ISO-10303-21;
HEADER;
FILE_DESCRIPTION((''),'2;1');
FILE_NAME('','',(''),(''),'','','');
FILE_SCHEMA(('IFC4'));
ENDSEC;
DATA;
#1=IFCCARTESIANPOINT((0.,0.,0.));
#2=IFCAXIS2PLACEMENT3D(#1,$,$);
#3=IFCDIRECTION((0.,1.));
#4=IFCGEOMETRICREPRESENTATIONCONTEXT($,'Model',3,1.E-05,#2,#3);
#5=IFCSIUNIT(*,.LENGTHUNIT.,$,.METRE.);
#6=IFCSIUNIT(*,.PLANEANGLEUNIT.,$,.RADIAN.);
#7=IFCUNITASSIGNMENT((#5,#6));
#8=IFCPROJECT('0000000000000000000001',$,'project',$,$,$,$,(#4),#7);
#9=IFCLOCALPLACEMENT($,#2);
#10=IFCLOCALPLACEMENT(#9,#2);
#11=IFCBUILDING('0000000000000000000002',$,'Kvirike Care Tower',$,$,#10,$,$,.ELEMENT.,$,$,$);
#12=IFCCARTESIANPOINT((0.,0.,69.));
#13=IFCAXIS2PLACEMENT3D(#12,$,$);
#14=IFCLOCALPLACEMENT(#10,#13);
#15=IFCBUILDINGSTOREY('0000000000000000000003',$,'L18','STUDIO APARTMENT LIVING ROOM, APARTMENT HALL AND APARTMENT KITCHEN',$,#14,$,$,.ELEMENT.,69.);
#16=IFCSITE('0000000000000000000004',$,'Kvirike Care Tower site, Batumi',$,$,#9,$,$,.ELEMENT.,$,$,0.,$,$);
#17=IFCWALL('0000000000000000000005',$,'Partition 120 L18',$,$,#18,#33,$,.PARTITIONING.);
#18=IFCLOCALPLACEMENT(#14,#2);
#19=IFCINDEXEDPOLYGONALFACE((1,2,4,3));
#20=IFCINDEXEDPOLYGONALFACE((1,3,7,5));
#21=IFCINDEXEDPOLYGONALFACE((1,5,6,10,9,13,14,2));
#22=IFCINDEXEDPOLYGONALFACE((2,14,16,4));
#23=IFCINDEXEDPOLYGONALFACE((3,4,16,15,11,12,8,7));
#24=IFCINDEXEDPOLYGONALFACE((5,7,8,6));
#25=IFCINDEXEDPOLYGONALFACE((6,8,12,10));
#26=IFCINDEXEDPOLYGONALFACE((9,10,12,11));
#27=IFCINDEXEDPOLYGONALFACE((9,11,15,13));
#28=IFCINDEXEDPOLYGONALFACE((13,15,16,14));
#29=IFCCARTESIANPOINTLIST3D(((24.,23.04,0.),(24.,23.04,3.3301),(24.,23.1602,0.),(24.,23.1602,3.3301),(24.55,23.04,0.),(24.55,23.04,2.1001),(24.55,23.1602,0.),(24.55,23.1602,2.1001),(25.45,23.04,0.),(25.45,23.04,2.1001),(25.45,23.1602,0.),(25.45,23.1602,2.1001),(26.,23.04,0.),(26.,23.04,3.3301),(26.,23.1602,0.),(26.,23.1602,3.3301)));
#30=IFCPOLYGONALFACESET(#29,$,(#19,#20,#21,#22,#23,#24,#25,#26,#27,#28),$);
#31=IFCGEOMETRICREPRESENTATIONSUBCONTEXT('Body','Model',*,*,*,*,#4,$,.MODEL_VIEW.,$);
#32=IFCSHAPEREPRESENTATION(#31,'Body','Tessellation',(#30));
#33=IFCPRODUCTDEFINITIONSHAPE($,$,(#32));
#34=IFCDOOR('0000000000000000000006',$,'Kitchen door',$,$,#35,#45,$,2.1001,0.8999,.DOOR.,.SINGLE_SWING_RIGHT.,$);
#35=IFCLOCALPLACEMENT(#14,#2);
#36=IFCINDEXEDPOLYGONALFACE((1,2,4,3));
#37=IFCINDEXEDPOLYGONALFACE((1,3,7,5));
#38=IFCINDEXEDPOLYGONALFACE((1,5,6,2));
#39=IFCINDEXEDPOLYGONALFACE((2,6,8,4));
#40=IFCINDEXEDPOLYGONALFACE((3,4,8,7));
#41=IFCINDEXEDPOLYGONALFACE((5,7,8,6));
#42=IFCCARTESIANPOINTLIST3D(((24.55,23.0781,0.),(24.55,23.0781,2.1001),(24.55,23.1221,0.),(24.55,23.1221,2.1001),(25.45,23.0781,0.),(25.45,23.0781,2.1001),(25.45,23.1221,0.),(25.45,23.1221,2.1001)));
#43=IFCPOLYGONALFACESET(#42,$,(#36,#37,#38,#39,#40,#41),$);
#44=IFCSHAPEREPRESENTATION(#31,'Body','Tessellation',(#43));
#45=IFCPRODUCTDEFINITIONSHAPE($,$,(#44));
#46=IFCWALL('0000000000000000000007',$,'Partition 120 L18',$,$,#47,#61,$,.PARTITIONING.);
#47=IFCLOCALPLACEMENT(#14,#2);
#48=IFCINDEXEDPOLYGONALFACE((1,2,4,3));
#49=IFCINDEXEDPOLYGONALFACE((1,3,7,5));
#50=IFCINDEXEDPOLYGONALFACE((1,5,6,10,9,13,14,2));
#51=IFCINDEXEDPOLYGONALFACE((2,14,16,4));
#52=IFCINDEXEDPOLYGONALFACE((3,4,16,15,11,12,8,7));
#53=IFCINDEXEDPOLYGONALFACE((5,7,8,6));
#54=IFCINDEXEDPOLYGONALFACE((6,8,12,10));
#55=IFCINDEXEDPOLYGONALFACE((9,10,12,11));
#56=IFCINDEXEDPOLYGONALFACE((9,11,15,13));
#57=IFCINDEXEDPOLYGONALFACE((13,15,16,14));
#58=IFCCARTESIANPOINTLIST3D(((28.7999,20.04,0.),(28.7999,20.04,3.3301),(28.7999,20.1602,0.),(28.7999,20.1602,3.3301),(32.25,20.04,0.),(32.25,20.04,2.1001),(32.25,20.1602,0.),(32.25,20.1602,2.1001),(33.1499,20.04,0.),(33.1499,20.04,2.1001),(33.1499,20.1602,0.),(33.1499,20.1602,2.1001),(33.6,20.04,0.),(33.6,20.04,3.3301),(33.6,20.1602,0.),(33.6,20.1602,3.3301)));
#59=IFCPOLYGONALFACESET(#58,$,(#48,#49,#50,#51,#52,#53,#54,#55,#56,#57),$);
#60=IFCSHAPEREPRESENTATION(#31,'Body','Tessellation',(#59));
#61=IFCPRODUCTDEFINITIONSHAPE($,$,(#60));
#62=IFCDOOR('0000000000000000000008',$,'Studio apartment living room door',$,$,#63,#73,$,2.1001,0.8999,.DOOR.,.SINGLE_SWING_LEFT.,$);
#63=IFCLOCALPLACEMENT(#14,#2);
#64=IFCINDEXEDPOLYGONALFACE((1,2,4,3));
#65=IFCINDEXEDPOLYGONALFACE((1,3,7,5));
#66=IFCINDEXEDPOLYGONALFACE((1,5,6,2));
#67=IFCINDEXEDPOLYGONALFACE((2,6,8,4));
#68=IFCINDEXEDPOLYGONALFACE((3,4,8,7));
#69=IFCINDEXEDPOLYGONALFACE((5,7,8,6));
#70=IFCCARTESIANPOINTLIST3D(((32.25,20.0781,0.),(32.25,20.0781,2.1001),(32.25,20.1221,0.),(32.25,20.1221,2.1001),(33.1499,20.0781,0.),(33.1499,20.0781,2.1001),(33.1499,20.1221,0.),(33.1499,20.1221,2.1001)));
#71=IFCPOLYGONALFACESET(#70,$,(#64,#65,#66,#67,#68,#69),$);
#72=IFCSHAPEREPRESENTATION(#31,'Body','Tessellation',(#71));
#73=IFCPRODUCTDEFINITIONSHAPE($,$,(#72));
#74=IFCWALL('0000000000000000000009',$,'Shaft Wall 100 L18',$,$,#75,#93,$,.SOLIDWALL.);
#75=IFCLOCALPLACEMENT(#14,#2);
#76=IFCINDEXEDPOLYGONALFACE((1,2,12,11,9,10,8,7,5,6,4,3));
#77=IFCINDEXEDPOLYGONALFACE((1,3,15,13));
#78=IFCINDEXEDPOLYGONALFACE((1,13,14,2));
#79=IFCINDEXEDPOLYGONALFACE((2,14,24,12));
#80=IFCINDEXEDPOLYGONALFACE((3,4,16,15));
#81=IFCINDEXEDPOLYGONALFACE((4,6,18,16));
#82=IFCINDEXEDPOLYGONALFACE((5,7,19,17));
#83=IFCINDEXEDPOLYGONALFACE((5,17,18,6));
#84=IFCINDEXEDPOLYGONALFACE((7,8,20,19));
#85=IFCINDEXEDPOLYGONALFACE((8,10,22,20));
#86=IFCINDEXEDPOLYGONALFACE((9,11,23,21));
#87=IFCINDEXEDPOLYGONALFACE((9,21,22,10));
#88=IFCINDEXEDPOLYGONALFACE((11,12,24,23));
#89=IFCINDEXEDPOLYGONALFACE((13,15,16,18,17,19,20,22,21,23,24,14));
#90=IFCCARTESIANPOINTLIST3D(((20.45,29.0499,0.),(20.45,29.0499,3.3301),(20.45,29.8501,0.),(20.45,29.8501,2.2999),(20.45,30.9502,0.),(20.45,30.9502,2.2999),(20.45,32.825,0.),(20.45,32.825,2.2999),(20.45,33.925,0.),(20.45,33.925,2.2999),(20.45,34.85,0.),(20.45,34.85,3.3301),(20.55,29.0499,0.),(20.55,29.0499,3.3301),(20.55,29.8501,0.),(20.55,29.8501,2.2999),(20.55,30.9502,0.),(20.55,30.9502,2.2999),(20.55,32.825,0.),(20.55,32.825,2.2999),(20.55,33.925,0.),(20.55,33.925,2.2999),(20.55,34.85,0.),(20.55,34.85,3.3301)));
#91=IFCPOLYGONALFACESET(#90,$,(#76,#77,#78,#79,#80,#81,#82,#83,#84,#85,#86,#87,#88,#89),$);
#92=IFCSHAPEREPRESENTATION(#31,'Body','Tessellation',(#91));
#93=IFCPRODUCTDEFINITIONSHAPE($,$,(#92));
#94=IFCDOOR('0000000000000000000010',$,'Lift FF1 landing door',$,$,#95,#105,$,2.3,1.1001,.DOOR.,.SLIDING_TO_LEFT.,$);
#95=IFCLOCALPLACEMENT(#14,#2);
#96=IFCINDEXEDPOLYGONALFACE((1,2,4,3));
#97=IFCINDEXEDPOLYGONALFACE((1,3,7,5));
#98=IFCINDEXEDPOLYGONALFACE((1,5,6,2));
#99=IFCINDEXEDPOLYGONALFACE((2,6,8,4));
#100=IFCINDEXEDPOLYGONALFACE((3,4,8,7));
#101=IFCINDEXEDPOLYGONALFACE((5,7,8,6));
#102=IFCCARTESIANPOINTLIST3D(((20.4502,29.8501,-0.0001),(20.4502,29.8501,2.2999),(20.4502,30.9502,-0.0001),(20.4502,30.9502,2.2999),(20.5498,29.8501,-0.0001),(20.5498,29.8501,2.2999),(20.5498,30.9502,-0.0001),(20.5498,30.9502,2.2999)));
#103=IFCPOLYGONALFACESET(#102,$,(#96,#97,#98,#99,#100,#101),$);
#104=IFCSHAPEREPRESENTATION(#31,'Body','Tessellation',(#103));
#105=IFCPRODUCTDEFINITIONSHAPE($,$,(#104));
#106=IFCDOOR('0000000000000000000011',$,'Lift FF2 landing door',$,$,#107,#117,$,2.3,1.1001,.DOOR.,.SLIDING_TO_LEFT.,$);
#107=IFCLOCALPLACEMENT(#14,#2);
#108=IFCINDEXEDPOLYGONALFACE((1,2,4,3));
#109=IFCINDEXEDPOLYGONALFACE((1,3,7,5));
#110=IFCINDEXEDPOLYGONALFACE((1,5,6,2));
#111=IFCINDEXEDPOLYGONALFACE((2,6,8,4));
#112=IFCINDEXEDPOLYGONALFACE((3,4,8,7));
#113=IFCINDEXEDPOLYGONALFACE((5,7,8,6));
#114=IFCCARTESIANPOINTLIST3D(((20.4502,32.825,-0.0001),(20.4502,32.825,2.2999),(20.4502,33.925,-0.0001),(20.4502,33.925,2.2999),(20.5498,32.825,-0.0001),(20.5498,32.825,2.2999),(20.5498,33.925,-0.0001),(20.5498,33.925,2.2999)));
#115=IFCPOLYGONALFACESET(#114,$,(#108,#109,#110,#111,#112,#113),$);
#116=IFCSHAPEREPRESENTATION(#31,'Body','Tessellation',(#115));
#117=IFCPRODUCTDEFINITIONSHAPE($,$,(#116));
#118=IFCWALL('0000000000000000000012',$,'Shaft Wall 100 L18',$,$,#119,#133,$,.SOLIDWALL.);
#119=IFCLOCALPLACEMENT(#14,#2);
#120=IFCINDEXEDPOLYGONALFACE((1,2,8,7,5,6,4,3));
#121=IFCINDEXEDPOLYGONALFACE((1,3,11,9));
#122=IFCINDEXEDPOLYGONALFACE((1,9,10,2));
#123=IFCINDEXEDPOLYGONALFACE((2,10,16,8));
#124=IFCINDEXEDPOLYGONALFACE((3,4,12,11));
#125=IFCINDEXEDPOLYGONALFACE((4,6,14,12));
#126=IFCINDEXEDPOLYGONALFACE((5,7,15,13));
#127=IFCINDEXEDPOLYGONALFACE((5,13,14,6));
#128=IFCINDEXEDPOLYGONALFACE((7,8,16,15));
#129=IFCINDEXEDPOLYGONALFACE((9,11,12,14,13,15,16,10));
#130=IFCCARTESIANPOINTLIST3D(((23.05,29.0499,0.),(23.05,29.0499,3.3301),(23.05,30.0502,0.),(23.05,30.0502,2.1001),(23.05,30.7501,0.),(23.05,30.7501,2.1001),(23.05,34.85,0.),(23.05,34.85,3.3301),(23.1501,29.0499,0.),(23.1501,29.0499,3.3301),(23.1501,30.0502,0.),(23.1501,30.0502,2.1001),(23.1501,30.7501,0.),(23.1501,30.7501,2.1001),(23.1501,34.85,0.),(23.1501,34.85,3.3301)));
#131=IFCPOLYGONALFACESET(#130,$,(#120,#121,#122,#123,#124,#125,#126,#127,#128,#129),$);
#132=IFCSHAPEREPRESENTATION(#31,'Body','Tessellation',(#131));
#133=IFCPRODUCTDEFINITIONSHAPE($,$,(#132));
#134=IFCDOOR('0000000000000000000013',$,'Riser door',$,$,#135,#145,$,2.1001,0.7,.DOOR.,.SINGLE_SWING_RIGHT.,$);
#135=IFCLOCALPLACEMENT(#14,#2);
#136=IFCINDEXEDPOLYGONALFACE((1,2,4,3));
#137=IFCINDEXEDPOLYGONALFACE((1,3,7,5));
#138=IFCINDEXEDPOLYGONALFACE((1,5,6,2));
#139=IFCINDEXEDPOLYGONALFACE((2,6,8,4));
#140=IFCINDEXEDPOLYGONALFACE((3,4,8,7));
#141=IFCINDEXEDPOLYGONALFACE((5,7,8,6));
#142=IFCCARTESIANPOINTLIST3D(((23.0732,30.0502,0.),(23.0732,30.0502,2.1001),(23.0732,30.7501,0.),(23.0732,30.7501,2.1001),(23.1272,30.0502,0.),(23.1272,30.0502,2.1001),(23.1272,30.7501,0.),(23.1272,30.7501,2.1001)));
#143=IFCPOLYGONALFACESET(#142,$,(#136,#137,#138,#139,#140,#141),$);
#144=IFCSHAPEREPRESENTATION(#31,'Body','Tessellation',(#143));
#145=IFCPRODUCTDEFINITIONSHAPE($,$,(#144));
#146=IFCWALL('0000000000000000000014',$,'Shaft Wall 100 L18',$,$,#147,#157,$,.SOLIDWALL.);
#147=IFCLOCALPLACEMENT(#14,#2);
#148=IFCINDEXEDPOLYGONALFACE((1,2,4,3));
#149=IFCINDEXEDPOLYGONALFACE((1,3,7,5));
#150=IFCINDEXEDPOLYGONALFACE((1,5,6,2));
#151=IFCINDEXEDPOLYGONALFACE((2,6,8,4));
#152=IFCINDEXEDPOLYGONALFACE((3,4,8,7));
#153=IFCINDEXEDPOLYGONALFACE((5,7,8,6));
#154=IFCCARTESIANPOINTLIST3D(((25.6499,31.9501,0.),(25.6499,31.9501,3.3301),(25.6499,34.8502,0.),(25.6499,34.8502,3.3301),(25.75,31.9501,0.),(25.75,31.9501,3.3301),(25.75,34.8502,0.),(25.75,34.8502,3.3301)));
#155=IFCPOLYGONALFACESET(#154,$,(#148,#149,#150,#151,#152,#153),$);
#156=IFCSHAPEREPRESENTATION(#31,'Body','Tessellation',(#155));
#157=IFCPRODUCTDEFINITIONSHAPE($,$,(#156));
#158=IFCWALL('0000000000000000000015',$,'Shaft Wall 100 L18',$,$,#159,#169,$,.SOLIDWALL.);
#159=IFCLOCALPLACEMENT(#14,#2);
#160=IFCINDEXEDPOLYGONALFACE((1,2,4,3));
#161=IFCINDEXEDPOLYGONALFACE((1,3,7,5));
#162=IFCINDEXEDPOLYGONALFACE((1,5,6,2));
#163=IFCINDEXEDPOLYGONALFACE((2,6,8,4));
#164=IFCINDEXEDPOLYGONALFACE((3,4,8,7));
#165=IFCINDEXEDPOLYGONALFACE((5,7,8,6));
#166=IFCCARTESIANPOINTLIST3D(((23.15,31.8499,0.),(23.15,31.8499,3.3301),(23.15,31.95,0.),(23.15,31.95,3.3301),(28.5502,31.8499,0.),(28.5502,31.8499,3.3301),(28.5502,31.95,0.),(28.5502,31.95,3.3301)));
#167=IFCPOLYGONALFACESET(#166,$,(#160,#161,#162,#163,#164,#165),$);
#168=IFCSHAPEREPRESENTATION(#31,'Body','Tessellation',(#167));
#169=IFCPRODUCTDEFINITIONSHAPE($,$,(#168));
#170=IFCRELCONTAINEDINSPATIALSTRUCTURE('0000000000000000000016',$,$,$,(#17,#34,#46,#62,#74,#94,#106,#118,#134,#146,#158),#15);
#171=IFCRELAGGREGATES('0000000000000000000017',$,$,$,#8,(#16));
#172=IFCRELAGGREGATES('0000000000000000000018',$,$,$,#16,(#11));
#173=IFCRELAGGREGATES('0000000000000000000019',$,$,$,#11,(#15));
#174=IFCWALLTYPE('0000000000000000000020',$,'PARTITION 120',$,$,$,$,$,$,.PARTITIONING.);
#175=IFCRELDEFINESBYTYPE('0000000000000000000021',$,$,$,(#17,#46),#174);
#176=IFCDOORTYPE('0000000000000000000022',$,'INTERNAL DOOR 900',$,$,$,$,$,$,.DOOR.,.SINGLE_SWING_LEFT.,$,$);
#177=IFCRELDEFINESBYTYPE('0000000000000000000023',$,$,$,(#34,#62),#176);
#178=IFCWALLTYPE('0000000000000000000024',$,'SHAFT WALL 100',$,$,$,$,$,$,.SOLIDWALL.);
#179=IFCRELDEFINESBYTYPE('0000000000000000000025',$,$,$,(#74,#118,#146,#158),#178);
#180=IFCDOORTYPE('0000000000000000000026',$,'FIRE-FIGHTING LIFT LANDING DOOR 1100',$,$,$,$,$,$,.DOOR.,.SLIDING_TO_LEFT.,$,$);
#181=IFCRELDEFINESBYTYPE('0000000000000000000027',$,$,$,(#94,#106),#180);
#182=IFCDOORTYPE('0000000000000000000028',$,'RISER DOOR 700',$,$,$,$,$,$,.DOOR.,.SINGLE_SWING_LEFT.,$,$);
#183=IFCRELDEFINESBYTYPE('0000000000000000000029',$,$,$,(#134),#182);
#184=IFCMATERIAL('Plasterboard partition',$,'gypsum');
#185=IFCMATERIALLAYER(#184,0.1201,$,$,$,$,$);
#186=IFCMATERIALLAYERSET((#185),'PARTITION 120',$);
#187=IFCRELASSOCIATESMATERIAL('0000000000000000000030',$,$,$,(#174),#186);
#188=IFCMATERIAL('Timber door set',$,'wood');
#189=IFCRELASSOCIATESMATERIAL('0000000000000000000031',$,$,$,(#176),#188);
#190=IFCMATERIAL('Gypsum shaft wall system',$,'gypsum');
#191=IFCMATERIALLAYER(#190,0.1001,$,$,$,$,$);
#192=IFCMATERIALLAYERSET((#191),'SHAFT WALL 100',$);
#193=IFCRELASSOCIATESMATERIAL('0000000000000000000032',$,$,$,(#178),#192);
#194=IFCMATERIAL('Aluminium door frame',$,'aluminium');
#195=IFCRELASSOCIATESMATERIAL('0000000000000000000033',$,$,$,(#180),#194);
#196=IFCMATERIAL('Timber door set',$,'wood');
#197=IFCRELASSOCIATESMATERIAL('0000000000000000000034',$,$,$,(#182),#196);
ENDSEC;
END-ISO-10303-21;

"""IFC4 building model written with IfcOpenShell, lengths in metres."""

from ifc_helpers import new_model, si_unit, direction, frame, frame_2d, origin, place, context, subcontext, project, spatial, rectangle, extrude, material, layer, layer_set, type_object, element, fill, save


model = new_model("IFC4")

# Units and contexts
model_context = context("Model", 3, precision=1e-05, world=origin(), true_north=direction((0.0, 1.0)))
body_context = subcontext(model_context, "Body", "Model", "MODEL_VIEW")
ifc_project = project(units=[si_unit("LENGTHUNIT", "METRE"), si_unit("PLANEANGLEUNIT", "RADIAN")], contexts=[model_context])

# Site, building, storey
site_placement = place(None, origin())
site = spatial("IfcSite", under=ifc_project, at=site_placement, Name="Kvirike Care Tower site, Batumi", CompositionType="ELEMENT", RefElevation=0.0)
building_placement = place(site_placement, origin())
building = spatial("IfcBuilding", under=site, at=building_placement, Name="Kvirike Care Tower", CompositionType="ELEMENT")
storey_placement = place(building_placement, frame((0.0, 0.0, 69.0)))
storey = spatial("IfcBuildingStorey", under=building, at=storey_placement, Name="L18", Description="STUDIO APARTMENT LIVING ROOM, APARTMENT HALL AND APARTMENT KITCHEN", CompositionType="ELEMENT", Elevation=69.0)

# Walls, openings, doors
ifc_material_1 = material(Name="Plasterboard partition", Category="gypsum")
ifc_layer_1 = layer(ifc_material_1, 0.1201)
ifc_layer_set_1 = layer_set([ifc_layer_1], Name="PARTITION 120")
wall_type_1 = type_object("IfcWallType", Name="PARTITION 120", PredefinedType="PARTITIONING", material=ifc_layer_set_1)
ifc_material_2 = material(Name="Timber door set", Category="wood")
door_type_1 = type_object("IfcDoorType", Name="INTERNAL DOOR 900", OperationType="SINGLE_SWING_LEFT", PredefinedType="DOOR", material=ifc_material_2)
wall_1_placement = place(storey_placement, frame((24.0, 23.1001, 0.0), z_axis=(0.0, 0.0, 1.0), x_axis=(1.0, 0.0, 0.0)))
wall_1 = element("IfcWall", 1, at=wall_1_placement, inside=storey, type_object=wall_type_1, Name="Partition 120 L18", PredefinedType="PARTITIONING", context=body_context, shape_type="SweptSolid", body=[
    extrude(rectangle(XDim=2.0, YDim=0.1201, at=frame_2d((1.0, 0.0))), origin(), (0.0, 0.0, 1.0), 3.3301),
])
opening_1_placement = place(wall_1_placement, frame((0.55, 0.0, 0.0)))
opening_1 = element("IfcOpeningElement", 2, at=opening_1_placement, cuts=wall_1, PredefinedType="OPENING", context=body_context, shape_type="SweptSolid", body=[
    extrude(rectangle(XDim=0.8999, YDim=2.1001, at=frame_2d((0.45, 1.05))), frame((0.0, 0.0706, 0.0), z_axis=(0.0, -1.0, 0.0), x_axis=(1.0, 0.0, 0.0)), (0.0, 0.0, 1.0), 0.1411),
])
door_1_placement = place(opening_1_placement, frame((0.8999, 0.0, 0.0), z_axis=(0.0, 0.0, 1.0), x_axis=(-1.0, 0.0, 0.0)))
door_1 = element("IfcDoor", 3, at=door_1_placement, inside=storey, type_object=door_type_1, Name="Kitchen door", OperationType="SINGLE_SWING_RIGHT", OverallHeight=2.1001, OverallWidth=0.8999, PredefinedType="DOOR", context=body_context, shape_type="SweptSolid", body=[
    extrude(rectangle(XDim=0.8999, YDim=2.1001, at=frame_2d((0.45, 1.05))), frame((0.0, 0.022, 0.0), z_axis=(0.0, -1.0, 0.0), x_axis=(1.0, 0.0, 0.0)), (0.0, 0.0, 1.0), 0.0439),
])
fill(opening_1, door_1)
wall_2_placement = place(storey_placement, frame((28.8, 20.1001, 0.0), z_axis=(0.0, 0.0, 1.0), x_axis=(1.0, 0.0, 0.0)))
wall_2 = element("IfcWall", 4, at=wall_2_placement, inside=storey, type_object=wall_type_1, Name="Partition 120 L18", PredefinedType="PARTITIONING", context=body_context, shape_type="SweptSolid", body=[
    extrude(rectangle(XDim=4.8, YDim=0.1201, at=frame_2d((2.3999, 0.0))), origin(), (0.0, 0.0, 1.0), 3.3301),
])
opening_2_placement = place(wall_2_placement, frame((3.45, 0.0, 0.0)))
opening_2 = element("IfcOpeningElement", 5, at=opening_2_placement, cuts=wall_2, PredefinedType="OPENING", context=body_context, shape_type="SweptSolid", body=[
    extrude(rectangle(XDim=0.8999, YDim=2.1001, at=frame_2d((0.45, 1.05))), frame((0.0, 0.0706, 0.0), z_axis=(0.0, -1.0, 0.0), x_axis=(1.0, 0.0, 0.0)), (0.0, 0.0, 1.0), 0.1411),
])
door_2_placement = place(opening_2_placement, origin())
door_2 = element("IfcDoor", 6, at=door_2_placement, inside=storey, type_object=door_type_1, Name="Studio apartment living room door", OperationType="SINGLE_SWING_LEFT", OverallHeight=2.1001, OverallWidth=0.8999, PredefinedType="DOOR", context=body_context, shape_type="SweptSolid", body=[
    extrude(rectangle(XDim=0.8999, YDim=2.1001, at=frame_2d((0.45, 1.05))), frame((0.0, 0.022, 0.0), z_axis=(0.0, -1.0, 0.0), x_axis=(1.0, 0.0, 0.0)), (0.0, 0.0, 1.0), 0.0439),
])
fill(opening_2, door_2)

# Wall, openings, doors
ifc_material_3 = material(Name="Gypsum shaft wall system", Category="gypsum")
ifc_layer_2 = layer(ifc_material_3, 0.1001)
ifc_layer_set_2 = layer_set([ifc_layer_2], Name="SHAFT WALL 100")
wall_type_2 = type_object("IfcWallType", Name="SHAFT WALL 100", PredefinedType="SOLIDWALL", material=ifc_layer_set_2)
wall_3_placement = place(storey_placement, frame((20.5, 29.05, 0.0), z_axis=(0.0, 0.0, 1.0), x_axis=(0.0, 1.0, 0.0)))
wall_3 = element("IfcWall", 7, at=wall_3_placement, inside=storey, type_object=wall_type_2, Name="Shaft Wall 100 L18", PredefinedType="SOLIDWALL", context=body_context, shape_type="SweptSolid", body=[
    extrude(rectangle(XDim=5.8, YDim=0.1001, at=frame_2d((2.8999, 0.0))), origin(), (0.0, 0.0, 1.0), 3.3301),
])
opening_3_placement = place(wall_3_placement, frame((0.8, 0.0, 0.0)))
opening_3 = element("IfcOpeningElement", 8, at=opening_3_placement, cuts=wall_3, PredefinedType="OPENING", context=body_context, shape_type="SweptSolid", body=[
    extrude(rectangle(XDim=1.1001, YDim=2.3, at=frame_2d((0.55, 1.1499))), frame((0.0, 0.0605, 0.0), z_axis=(0.0, -1.0, 0.0), x_axis=(1.0, 0.0, 0.0)), (0.0, 0.0, 1.0), 0.1211),
])
opening_4_placement = place(wall_3_placement, frame((3.7749, 0.0, 0.0)))
opening_4 = element("IfcOpeningElement", 9, at=opening_4_placement, cuts=wall_3, PredefinedType="OPENING", context=body_context, shape_type="SweptSolid", body=[
    extrude(rectangle(XDim=1.1001, YDim=2.3, at=frame_2d((0.55, 1.1499))), frame((0.0, 0.0605, 0.0), z_axis=(0.0, -1.0, 0.0), x_axis=(1.0, 0.0, 0.0)), (0.0, 0.0, 1.0), 0.1211),
])
ifc_material_4 = material(Name="Aluminium door frame", Category="aluminium")
door_type_2 = type_object("IfcDoorType", Name="FIRE-FIGHTING LIFT LANDING DOOR 1100", OperationType="SLIDING_TO_LEFT", PredefinedType="DOOR", material=ifc_material_4)
door_3_placement = place(opening_3_placement, origin())
door_3 = element("IfcDoor", 10, at=door_3_placement, inside=storey, type_object=door_type_2, Name="Lift FF1 landing door", OperationType="SLIDING_TO_LEFT", OverallHeight=2.3, OverallWidth=1.1001, PredefinedType="DOOR", context=body_context, shape_type="SweptSolid", body=[
    extrude(rectangle(XDim=1.1001, YDim=2.3, at=frame_2d((0.55, 1.1499))), frame((0.0, 0.0498, 0.0), z_axis=(0.0, -1.0, 0.0), x_axis=(1.0, 0.0, 0.0)), (0.0, 0.0, 1.0), 0.0996),
])
fill(opening_3, door_3)
door_4_placement = place(opening_4_placement, origin())
door_4 = element("IfcDoor", 11, at=door_4_placement, inside=storey, type_object=door_type_2, Name="Lift FF2 landing door", OperationType="SLIDING_TO_LEFT", OverallHeight=2.3, OverallWidth=1.1001, PredefinedType="DOOR", context=body_context, shape_type="SweptSolid", body=[
    extrude(rectangle(XDim=1.1001, YDim=2.3, at=frame_2d((0.55, 1.1499))), frame((0.0, 0.0498, 0.0), z_axis=(0.0, -1.0, 0.0), x_axis=(1.0, 0.0, 0.0)), (0.0, 0.0, 1.0), 0.0996),
])
fill(opening_4, door_4)

# Wall, opening, door
wall_4_placement = place(storey_placement, frame((23.1001, 29.05, 0.0), z_axis=(0.0, 0.0, 1.0), x_axis=(0.0, 1.0, 0.0)))
wall_4 = element("IfcWall", 12, at=wall_4_placement, inside=storey, type_object=wall_type_2, Name="Shaft Wall 100 L18", PredefinedType="SOLIDWALL", context=body_context, shape_type="SweptSolid", body=[
    extrude(rectangle(XDim=5.8, YDim=0.1001, at=frame_2d((2.8999, 0.0))), origin(), (0.0, 0.0, 1.0), 3.3301),
])
opening_5_placement = place(wall_4_placement, frame((1.0, 0.0, 0.0)))
opening_5 = element("IfcOpeningElement", 13, at=opening_5_placement, cuts=wall_4, PredefinedType="OPENING", context=body_context, shape_type="SweptSolid", body=[
    extrude(rectangle(XDim=0.7, YDim=2.1001, at=frame_2d((0.3501, 1.05))), frame((0.0, 0.0605, 0.0), z_axis=(0.0, -1.0, 0.0), x_axis=(1.0, 0.0, 0.0)), (0.0, 0.0, 1.0), 0.1211),
])
ifc_material_5 = material(Name="Timber door set", Category="wood")
door_type_3 = type_object("IfcDoorType", Name="RISER DOOR 700", OperationType="SINGLE_SWING_LEFT", PredefinedType="DOOR", material=ifc_material_5)
door_5_placement = place(opening_5_placement, origin())
door_5 = element("IfcDoor", 14, at=door_5_placement, inside=storey, type_object=door_type_3, Name="Riser door", OperationType="SINGLE_SWING_RIGHT", OverallHeight=2.1001, OverallWidth=0.7, PredefinedType="DOOR", context=body_context, shape_type="SweptSolid", body=[
    extrude(rectangle(XDim=0.7, YDim=2.1001, at=frame_2d((0.3501, 1.05))), frame((0.0, 0.0269, 0.0), z_axis=(0.0, -1.0, 0.0), x_axis=(1.0, 0.0, 0.0)), (0.0, 0.0, 1.0), 0.054),
])
fill(opening_5, door_5)

# Walls
wall_5_placement = place(storey_placement, frame((25.7, 31.95, 0.0), z_axis=(0.0, 0.0, 1.0), x_axis=(0.0, 1.0, 0.0)))
element("IfcWall", 15, at=wall_5_placement, inside=storey, type_object=wall_type_2, Name="Shaft Wall 100 L18", PredefinedType="SOLIDWALL", context=body_context, shape_type="SweptSolid", body=[
    extrude(rectangle(XDim=2.9001, YDim=0.1001, at=frame_2d((1.4502, 0.0))), origin(), (0.0, 0.0, 1.0), 3.3301),
])
wall_6_placement = place(storey_placement, frame((23.1499, 31.8999, 0.0), z_axis=(0.0, 0.0, 1.0), x_axis=(1.0, 0.0, 0.0)))
element("IfcWall", 16, at=wall_6_placement, inside=storey, type_object=wall_type_2, Name="Shaft Wall 100 L18", PredefinedType="SOLIDWALL", context=body_context, shape_type="SweptSolid", body=[
    extrude(rectangle(XDim=5.4001, YDim=0.1001, at=frame_2d((2.7002, 0.0))), origin(), (0.0, 0.0, 1.0), 3.3301),
])

save(model, "model.ifc")
